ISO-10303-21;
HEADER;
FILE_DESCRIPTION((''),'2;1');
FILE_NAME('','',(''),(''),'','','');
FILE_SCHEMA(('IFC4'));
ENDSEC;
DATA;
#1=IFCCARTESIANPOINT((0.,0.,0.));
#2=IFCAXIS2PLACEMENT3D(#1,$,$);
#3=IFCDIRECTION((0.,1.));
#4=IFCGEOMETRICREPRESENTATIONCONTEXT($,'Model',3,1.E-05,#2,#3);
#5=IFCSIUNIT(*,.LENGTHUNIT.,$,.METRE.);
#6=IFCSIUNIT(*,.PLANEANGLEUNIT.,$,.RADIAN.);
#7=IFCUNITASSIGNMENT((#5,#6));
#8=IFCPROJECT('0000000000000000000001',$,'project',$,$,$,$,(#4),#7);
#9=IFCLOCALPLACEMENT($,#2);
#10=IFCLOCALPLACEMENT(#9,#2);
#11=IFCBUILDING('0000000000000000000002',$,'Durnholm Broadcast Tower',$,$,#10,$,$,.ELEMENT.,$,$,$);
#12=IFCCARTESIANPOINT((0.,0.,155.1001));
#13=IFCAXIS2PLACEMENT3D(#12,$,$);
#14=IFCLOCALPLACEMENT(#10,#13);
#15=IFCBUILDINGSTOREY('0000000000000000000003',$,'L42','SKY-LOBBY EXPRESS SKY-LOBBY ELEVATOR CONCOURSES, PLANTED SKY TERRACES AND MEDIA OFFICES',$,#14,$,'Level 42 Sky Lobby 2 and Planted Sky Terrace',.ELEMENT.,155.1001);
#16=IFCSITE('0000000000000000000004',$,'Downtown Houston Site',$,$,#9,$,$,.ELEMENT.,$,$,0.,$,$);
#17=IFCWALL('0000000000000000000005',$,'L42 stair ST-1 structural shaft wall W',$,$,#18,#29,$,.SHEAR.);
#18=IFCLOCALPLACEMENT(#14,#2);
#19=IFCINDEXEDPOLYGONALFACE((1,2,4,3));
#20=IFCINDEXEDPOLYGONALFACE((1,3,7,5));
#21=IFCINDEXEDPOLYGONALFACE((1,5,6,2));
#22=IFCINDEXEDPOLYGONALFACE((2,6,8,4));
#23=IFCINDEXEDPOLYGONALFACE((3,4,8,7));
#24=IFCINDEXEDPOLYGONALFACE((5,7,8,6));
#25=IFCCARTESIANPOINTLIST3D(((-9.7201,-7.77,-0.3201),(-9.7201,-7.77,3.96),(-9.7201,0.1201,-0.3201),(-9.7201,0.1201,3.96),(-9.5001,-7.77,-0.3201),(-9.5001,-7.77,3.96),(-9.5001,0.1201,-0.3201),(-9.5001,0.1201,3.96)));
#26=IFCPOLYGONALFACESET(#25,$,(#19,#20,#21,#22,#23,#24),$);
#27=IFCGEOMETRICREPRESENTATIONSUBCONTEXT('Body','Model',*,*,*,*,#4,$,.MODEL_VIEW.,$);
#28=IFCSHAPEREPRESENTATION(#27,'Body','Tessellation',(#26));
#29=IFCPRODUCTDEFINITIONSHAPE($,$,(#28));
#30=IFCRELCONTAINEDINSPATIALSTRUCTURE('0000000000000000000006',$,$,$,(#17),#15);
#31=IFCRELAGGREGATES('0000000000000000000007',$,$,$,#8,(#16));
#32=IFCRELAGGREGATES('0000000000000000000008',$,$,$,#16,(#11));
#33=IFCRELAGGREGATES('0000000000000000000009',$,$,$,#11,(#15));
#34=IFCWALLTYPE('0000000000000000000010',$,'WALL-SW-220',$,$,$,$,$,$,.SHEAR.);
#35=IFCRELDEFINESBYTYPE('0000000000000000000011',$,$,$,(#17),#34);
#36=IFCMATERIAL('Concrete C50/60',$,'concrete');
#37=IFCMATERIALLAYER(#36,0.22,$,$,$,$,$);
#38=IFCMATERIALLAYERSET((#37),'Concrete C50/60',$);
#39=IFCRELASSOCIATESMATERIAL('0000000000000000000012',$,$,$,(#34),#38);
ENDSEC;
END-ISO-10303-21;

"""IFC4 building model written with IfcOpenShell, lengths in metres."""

from ifc_helpers import new_model, si_unit, direction, frame, frame_2d, origin, place, context, subcontext, project, spatial, rectangle, extrude, material, layer, layer_set, type_object, element, save


model = new_model("IFC4")

# Units and contexts
model_context = context("Model", 3, precision=1e-05, world=origin(), true_north=direction((0.0, 1.0)))
body_context = subcontext(model_context, "Body", "Model", "MODEL_VIEW")
ifc_project = project(units=[si_unit("LENGTHUNIT", "METRE"), si_unit("PLANEANGLEUNIT", "RADIAN")], contexts=[model_context])

# Site, building, storey
site_placement = place(None, origin())
site = spatial("IfcSite", under=ifc_project, at=site_placement, Name="Downtown Houston Site", CompositionType="ELEMENT", RefElevation=0.0)
building_placement = place(site_placement, origin())
building = spatial("IfcBuilding", under=site, at=building_placement, Name="Durnholm Broadcast Tower", CompositionType="ELEMENT")
storey_placement = place(building_placement, frame((0.0, 0.0, 155.1001)))
storey = spatial("IfcBuildingStorey", under=building, at=storey_placement, Name="L42", Description="SKY-LOBBY EXPRESS SKY-LOBBY ELEVATOR CONCOURSES, PLANTED SKY TERRACES AND MEDIA OFFICES", LongName="Level 42 Sky Lobby 2 and Planted Sky Terrace", CompositionType="ELEMENT", Elevation=155.1001)

# Wall
ifc_material_1 = material(Name="Concrete C50/60", Category="concrete")
ifc_layer_1 = layer(ifc_material_1, 0.22)
ifc_layer_set_1 = layer_set([ifc_layer_1], Name="Concrete C50/60")
wall_type_1 = type_object("IfcWallType", Name="WALL-SW-220", PredefinedType="SHEAR", material=ifc_layer_set_1)
wall_1_placement = place(storey_placement, frame((-9.6101, 0.1201, -0.3201), z_axis=(0.0, 0.0, 1.0), x_axis=(0.0, -1.0, 0.0)))
element("IfcWall", 1, at=wall_1_placement, inside=storey, type_object=wall_type_1, Name="L42 stair ST-1 structural shaft wall W", PredefinedType="SHEAR", context=body_context, shape_type="SweptSolid", body=[
    extrude(rectangle(XDim=7.8901, YDim=0.22, at=frame_2d((3.9451, 0.0))), origin(), (0.0, 0.0, 1.0), 4.28),
])

save(model, "model.ifc")
